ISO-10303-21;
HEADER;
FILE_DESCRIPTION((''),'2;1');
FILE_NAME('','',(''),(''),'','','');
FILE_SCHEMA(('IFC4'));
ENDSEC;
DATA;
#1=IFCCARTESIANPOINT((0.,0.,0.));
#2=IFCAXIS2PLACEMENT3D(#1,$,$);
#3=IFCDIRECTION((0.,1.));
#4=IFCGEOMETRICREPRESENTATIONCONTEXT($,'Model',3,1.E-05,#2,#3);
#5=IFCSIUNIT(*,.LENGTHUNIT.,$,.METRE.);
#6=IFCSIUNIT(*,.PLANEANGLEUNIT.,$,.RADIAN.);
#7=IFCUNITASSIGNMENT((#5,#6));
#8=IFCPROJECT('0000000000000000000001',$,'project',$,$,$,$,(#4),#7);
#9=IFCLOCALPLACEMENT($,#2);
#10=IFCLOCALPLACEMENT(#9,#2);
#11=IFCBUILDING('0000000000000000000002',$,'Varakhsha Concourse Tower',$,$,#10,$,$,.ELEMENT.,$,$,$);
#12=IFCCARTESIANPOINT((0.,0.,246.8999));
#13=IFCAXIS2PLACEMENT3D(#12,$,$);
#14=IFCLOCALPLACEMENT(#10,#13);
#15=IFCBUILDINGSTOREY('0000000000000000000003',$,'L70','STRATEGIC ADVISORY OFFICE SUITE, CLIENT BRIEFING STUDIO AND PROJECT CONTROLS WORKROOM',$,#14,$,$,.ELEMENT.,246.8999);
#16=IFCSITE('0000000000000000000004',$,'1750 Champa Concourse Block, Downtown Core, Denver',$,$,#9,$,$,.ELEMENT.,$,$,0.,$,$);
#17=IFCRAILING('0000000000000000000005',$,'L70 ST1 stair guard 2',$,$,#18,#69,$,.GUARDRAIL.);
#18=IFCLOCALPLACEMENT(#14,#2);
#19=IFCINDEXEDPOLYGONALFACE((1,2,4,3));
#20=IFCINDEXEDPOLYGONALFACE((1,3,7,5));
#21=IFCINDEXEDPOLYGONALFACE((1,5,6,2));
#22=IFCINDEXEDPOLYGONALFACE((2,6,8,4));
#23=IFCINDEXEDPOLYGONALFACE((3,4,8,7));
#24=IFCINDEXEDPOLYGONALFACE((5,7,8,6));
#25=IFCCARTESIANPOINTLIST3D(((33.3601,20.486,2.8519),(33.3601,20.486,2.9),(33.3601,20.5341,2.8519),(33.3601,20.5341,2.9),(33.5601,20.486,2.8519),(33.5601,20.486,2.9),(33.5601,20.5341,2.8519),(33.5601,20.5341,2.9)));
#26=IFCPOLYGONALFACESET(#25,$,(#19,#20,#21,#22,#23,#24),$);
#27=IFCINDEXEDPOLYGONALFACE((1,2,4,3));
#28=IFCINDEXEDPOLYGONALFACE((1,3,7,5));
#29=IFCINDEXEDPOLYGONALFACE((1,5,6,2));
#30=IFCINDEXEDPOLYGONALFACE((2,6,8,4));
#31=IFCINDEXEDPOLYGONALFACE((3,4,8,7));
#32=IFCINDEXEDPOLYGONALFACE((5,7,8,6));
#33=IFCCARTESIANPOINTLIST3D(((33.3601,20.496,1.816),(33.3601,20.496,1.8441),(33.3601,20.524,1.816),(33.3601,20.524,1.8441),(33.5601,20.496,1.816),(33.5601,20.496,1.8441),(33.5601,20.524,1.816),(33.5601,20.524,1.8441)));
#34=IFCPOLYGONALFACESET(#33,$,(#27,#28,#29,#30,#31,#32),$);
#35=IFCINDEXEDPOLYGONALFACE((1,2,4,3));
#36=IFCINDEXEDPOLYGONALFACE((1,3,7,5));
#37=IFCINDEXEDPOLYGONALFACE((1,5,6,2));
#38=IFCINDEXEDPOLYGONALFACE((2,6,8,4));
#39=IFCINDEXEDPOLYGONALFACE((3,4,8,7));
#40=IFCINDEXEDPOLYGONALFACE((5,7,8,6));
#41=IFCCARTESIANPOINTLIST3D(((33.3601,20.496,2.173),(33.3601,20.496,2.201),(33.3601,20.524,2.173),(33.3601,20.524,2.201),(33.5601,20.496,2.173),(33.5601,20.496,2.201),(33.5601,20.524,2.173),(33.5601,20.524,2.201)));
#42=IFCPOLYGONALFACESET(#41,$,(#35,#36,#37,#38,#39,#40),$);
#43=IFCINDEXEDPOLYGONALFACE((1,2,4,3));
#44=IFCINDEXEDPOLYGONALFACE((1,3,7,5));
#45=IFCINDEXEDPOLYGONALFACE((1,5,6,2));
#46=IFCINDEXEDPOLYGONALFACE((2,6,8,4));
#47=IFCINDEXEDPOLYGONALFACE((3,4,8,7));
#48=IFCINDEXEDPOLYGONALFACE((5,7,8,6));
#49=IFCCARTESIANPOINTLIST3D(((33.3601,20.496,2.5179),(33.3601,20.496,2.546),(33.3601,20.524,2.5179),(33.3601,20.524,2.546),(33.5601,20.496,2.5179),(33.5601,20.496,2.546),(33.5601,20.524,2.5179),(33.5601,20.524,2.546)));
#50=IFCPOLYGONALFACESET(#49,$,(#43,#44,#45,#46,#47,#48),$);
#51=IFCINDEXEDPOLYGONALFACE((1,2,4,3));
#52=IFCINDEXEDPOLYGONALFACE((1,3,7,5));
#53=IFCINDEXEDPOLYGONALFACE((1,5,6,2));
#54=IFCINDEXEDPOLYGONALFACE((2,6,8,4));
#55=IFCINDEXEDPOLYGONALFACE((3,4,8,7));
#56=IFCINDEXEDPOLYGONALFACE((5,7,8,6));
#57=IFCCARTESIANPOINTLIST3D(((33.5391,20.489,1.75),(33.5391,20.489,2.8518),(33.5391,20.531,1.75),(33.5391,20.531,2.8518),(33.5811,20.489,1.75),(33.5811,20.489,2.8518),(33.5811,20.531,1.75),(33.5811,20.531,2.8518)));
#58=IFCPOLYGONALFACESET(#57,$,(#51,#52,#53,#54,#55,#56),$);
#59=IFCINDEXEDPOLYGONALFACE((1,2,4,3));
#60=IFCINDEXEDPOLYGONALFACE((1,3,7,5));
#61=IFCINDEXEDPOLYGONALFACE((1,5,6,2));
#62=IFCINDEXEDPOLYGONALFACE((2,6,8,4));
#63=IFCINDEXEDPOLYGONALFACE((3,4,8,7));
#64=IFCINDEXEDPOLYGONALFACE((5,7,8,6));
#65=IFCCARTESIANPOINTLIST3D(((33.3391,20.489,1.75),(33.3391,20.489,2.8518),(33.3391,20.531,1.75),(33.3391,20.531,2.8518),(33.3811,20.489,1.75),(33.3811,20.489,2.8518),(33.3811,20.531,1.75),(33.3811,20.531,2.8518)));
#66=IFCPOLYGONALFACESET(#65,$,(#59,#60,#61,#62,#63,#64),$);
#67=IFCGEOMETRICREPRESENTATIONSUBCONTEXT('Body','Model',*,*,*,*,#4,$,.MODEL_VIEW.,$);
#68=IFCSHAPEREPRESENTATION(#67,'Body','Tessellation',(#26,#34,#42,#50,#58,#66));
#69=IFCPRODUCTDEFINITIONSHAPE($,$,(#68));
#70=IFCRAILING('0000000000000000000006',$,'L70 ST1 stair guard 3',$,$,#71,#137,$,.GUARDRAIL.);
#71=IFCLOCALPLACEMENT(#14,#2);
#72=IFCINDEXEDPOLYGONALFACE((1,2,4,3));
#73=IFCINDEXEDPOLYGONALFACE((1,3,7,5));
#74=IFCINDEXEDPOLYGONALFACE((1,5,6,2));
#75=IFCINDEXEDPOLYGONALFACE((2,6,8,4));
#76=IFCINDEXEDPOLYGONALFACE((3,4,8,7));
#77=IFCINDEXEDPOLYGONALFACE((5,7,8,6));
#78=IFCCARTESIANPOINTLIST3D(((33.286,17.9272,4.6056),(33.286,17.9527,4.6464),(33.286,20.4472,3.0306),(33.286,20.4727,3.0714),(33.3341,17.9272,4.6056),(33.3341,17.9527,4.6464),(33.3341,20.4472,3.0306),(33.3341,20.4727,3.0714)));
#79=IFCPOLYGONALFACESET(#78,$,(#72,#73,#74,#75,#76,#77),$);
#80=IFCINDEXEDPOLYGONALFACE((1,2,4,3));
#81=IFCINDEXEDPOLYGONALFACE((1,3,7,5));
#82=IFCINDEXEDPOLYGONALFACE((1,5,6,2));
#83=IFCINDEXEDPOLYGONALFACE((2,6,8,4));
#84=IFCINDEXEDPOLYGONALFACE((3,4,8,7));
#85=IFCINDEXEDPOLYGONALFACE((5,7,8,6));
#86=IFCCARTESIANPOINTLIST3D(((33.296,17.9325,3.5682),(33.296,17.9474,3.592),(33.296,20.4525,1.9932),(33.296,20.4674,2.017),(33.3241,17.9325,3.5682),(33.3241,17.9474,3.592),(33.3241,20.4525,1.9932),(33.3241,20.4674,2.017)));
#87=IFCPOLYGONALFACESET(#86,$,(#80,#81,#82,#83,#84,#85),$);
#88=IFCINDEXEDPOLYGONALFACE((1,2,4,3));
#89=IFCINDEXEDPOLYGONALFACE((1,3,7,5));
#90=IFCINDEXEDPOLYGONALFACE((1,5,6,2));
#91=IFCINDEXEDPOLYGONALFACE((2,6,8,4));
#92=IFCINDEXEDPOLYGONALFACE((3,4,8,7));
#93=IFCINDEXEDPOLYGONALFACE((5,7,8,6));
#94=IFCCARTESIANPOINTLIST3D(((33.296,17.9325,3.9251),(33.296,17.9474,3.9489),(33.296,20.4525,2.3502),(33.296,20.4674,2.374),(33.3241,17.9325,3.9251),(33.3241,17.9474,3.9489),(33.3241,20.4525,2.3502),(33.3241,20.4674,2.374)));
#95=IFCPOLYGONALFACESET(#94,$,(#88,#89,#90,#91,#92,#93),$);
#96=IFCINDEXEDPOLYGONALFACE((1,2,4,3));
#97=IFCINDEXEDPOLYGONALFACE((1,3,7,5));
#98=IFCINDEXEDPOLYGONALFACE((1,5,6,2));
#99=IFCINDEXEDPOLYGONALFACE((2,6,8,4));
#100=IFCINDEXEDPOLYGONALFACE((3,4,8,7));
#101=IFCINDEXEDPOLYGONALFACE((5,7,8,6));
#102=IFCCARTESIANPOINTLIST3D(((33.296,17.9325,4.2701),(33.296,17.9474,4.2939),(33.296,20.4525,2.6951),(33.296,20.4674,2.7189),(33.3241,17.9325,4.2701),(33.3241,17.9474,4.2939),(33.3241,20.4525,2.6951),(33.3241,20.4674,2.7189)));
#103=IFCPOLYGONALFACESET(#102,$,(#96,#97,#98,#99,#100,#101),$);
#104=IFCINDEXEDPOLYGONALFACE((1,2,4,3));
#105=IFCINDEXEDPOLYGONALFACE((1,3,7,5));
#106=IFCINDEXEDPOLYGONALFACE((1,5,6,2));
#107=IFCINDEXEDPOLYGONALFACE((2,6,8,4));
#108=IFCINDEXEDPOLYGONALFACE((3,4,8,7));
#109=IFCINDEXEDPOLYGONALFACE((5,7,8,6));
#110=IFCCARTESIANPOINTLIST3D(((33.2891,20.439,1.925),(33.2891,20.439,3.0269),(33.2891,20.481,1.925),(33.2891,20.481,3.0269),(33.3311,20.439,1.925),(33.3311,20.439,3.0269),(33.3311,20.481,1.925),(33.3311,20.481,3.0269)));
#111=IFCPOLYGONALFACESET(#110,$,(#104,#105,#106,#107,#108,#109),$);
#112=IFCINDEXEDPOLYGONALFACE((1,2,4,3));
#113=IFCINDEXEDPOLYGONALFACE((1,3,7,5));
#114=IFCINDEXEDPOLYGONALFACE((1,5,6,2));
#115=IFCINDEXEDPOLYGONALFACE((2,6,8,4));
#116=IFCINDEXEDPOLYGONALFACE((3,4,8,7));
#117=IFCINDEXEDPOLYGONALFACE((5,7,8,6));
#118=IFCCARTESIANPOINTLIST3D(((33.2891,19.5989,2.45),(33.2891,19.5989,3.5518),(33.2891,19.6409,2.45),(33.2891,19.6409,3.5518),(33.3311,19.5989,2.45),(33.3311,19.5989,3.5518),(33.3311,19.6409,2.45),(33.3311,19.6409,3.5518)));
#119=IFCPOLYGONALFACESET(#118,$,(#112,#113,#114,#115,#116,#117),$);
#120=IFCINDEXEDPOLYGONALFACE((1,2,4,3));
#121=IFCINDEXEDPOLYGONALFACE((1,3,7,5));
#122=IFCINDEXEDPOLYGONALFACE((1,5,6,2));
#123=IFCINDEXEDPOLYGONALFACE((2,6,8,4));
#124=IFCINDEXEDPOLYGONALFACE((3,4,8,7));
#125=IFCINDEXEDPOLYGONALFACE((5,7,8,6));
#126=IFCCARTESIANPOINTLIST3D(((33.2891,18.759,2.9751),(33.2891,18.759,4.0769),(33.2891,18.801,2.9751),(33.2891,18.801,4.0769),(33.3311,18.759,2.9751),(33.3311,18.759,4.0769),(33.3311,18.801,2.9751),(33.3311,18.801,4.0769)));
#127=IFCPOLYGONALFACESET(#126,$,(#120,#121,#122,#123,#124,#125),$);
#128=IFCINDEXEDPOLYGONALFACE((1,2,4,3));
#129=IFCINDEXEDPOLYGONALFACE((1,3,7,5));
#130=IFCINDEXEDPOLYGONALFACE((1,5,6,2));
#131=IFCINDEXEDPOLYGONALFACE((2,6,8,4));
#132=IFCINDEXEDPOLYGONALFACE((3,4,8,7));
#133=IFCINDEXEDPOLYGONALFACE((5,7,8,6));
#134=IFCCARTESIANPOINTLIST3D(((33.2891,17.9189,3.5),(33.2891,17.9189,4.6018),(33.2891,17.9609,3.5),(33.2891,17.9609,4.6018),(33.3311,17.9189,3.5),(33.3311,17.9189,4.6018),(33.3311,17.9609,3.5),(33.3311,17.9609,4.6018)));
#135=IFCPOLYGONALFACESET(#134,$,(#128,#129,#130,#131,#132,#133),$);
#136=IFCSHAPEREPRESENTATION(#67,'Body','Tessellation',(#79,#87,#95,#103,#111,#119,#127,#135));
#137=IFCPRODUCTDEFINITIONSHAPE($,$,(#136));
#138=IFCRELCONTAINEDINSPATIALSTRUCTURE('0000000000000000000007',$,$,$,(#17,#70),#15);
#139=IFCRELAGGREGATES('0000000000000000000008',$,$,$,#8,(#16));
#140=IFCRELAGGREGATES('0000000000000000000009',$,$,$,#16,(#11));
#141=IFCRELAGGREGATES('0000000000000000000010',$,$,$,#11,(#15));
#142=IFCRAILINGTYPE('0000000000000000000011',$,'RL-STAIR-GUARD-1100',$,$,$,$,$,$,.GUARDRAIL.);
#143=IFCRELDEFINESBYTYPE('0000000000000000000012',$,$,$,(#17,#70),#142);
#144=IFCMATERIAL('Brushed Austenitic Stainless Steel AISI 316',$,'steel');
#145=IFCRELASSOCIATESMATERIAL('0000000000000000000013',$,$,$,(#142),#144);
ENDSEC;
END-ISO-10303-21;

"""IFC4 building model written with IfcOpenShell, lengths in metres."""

from ifc_helpers import new_model, si_unit, direction, frame, origin, origin_2d, place, context, subcontext, project, spatial, rectangle, extrude, material, type_object, element, save


model = new_model("IFC4")

# Units and contexts
model_context = context("Model", 3, precision=1e-05, world=origin(), true_north=direction((0.0, 1.0)))
body_context = subcontext(model_context, "Body", "Model", "MODEL_VIEW")
ifc_project = project(units=[si_unit("LENGTHUNIT", "METRE"), si_unit("PLANEANGLEUNIT", "RADIAN")], contexts=[model_context])

# Site, building, storey
site_placement = place(None, origin())
site = spatial("IfcSite", under=ifc_project, at=site_placement, Name="1750 Champa Concourse Block, Downtown Core, Denver", CompositionType="ELEMENT", RefElevation=0.0)
building_placement = place(site_placement, origin())
building = spatial("IfcBuilding", under=site, at=building_placement, Name="Varakhsha Concourse Tower", CompositionType="ELEMENT")
storey_placement = place(building_placement, frame((0.0, 0.0, 246.8999)))
storey = spatial("IfcBuildingStorey", under=building, at=storey_placement, Name="L70", Description="STRATEGIC ADVISORY OFFICE SUITE, CLIENT BRIEFING STUDIO AND PROJECT CONTROLS WORKROOM", CompositionType="ELEMENT", Elevation=246.8999)

# Shared definitions
ifc_material_1 = material(Name="Brushed Austenitic Stainless Steel AISI 316", Category="steel")

# Railings
railing_type = type_object("IfcRailingType", Name="RL-STAIR-GUARD-1100", PredefinedType="GUARDRAIL", material=ifc_material_1)
railing_1_placement = place(storey_placement, frame((33.5601, 20.51, 1.75)))
element("IfcRailing", 1, at=railing_1_placement, inside=storey, type_object=railing_type, Name="L70 ST1 stair guard 2", PredefinedType="GUARDRAIL", context=body_context, shape_type="SweptSolid", body=[
    extrude(rectangle(XDim=0.0481, YDim=0.0481, at=origin_2d()), frame((0.0, 0.0, 1.126), z_axis=(-1.0, 0.0, 0.0), x_axis=(0.0, -1.0, 0.0)), (0.0, 0.0, 1.0), 0.2),
    extrude(rectangle(XDim=0.0281, YDim=0.0281, at=origin_2d()), frame((0.0, 0.0, 0.0801), z_axis=(-1.0, 0.0, 0.0), x_axis=(0.0, -1.0, 0.0)), (0.0, 0.0, 1.0), 0.2),
    extrude(rectangle(XDim=0.0281, YDim=0.0281, at=origin_2d()), frame((0.0, 0.0, 0.437), z_axis=(-1.0, 0.0, 0.0), x_axis=(0.0, -1.0, 0.0)), (0.0, 0.0, 1.0), 0.2),
    extrude(rectangle(XDim=0.0281, YDim=0.0281, at=origin_2d()), frame((0.0, 0.0, 0.782), z_axis=(-1.0, 0.0, 0.0), x_axis=(0.0, -1.0, 0.0)), (0.0, 0.0, 1.0), 0.2),
    extrude(rectangle(XDim=0.042, YDim=0.042, at=origin_2d()), origin(), (0.0, 0.0, 1.0), 1.1018),
    extrude(rectangle(XDim=0.042, YDim=0.042, at=origin_2d()), frame((-0.2, 0.0, 0.0)), (0.0, 0.0, 1.0), 1.1018),
])
railing_2_placement = place(storey_placement, frame((33.3101, 20.46, 1.925)))
element("IfcRailing", 2, at=railing_2_placement, inside=storey, type_object=railing_type, Name="L70 ST1 stair guard 3", PredefinedType="GUARDRAIL", context=body_context, shape_type="SweptSolid", body=[
    extrude(rectangle(XDim=0.0481, YDim=0.0481, at=origin_2d()), frame((0.0, 0.0, 1.126), z_axis=(0.0, -0.848008, 0.529984), x_axis=(1.0, 0.0, 0.0)), (0.0, 0.0, 1.0), 2.9717),
    extrude(rectangle(XDim=0.0281, YDim=0.0281, at=origin_2d()), frame((0.0, 0.0, 0.0801), z_axis=(0.0, -0.848008, 0.529984), x_axis=(1.0, 0.0, 0.0)), (0.0, 0.0, 1.0), 2.9717),
    extrude(rectangle(XDim=0.0281, YDim=0.0281, at=origin_2d()), frame((0.0, 0.0, 0.437), z_axis=(0.0, -0.848008, 0.529984), x_axis=(1.0, 0.0, 0.0)), (0.0, 0.0, 1.0), 2.9717),
    extrude(rectangle(XDim=0.0281, YDim=0.0281, at=origin_2d()), frame((0.0, 0.0, 0.782), z_axis=(0.0, -0.848008, 0.529984), x_axis=(1.0, 0.0, 0.0)), (0.0, 0.0, 1.0), 2.9717),
    extrude(rectangle(XDim=0.042, YDim=0.042, at=origin_2d()), origin(), (0.0, 0.0, 1.0), 1.1018),
    extrude(rectangle(XDim=0.042, YDim=0.042, at=origin_2d()), frame((0.0, -0.8401, 0.5249)), (0.0, 0.0, 1.0), 1.1018),
    extrude(rectangle(XDim=0.042, YDim=0.042, at=origin_2d()), frame((0.0, -1.6799, 1.05)), (0.0, 0.0, 1.0), 1.1018),
    extrude(rectangle(XDim=0.042, YDim=0.042, at=origin_2d()), frame((0.0, -2.52, 1.575)), (0.0, 0.0, 1.0), 1.1018),
])

save(model, "model.ifc")
